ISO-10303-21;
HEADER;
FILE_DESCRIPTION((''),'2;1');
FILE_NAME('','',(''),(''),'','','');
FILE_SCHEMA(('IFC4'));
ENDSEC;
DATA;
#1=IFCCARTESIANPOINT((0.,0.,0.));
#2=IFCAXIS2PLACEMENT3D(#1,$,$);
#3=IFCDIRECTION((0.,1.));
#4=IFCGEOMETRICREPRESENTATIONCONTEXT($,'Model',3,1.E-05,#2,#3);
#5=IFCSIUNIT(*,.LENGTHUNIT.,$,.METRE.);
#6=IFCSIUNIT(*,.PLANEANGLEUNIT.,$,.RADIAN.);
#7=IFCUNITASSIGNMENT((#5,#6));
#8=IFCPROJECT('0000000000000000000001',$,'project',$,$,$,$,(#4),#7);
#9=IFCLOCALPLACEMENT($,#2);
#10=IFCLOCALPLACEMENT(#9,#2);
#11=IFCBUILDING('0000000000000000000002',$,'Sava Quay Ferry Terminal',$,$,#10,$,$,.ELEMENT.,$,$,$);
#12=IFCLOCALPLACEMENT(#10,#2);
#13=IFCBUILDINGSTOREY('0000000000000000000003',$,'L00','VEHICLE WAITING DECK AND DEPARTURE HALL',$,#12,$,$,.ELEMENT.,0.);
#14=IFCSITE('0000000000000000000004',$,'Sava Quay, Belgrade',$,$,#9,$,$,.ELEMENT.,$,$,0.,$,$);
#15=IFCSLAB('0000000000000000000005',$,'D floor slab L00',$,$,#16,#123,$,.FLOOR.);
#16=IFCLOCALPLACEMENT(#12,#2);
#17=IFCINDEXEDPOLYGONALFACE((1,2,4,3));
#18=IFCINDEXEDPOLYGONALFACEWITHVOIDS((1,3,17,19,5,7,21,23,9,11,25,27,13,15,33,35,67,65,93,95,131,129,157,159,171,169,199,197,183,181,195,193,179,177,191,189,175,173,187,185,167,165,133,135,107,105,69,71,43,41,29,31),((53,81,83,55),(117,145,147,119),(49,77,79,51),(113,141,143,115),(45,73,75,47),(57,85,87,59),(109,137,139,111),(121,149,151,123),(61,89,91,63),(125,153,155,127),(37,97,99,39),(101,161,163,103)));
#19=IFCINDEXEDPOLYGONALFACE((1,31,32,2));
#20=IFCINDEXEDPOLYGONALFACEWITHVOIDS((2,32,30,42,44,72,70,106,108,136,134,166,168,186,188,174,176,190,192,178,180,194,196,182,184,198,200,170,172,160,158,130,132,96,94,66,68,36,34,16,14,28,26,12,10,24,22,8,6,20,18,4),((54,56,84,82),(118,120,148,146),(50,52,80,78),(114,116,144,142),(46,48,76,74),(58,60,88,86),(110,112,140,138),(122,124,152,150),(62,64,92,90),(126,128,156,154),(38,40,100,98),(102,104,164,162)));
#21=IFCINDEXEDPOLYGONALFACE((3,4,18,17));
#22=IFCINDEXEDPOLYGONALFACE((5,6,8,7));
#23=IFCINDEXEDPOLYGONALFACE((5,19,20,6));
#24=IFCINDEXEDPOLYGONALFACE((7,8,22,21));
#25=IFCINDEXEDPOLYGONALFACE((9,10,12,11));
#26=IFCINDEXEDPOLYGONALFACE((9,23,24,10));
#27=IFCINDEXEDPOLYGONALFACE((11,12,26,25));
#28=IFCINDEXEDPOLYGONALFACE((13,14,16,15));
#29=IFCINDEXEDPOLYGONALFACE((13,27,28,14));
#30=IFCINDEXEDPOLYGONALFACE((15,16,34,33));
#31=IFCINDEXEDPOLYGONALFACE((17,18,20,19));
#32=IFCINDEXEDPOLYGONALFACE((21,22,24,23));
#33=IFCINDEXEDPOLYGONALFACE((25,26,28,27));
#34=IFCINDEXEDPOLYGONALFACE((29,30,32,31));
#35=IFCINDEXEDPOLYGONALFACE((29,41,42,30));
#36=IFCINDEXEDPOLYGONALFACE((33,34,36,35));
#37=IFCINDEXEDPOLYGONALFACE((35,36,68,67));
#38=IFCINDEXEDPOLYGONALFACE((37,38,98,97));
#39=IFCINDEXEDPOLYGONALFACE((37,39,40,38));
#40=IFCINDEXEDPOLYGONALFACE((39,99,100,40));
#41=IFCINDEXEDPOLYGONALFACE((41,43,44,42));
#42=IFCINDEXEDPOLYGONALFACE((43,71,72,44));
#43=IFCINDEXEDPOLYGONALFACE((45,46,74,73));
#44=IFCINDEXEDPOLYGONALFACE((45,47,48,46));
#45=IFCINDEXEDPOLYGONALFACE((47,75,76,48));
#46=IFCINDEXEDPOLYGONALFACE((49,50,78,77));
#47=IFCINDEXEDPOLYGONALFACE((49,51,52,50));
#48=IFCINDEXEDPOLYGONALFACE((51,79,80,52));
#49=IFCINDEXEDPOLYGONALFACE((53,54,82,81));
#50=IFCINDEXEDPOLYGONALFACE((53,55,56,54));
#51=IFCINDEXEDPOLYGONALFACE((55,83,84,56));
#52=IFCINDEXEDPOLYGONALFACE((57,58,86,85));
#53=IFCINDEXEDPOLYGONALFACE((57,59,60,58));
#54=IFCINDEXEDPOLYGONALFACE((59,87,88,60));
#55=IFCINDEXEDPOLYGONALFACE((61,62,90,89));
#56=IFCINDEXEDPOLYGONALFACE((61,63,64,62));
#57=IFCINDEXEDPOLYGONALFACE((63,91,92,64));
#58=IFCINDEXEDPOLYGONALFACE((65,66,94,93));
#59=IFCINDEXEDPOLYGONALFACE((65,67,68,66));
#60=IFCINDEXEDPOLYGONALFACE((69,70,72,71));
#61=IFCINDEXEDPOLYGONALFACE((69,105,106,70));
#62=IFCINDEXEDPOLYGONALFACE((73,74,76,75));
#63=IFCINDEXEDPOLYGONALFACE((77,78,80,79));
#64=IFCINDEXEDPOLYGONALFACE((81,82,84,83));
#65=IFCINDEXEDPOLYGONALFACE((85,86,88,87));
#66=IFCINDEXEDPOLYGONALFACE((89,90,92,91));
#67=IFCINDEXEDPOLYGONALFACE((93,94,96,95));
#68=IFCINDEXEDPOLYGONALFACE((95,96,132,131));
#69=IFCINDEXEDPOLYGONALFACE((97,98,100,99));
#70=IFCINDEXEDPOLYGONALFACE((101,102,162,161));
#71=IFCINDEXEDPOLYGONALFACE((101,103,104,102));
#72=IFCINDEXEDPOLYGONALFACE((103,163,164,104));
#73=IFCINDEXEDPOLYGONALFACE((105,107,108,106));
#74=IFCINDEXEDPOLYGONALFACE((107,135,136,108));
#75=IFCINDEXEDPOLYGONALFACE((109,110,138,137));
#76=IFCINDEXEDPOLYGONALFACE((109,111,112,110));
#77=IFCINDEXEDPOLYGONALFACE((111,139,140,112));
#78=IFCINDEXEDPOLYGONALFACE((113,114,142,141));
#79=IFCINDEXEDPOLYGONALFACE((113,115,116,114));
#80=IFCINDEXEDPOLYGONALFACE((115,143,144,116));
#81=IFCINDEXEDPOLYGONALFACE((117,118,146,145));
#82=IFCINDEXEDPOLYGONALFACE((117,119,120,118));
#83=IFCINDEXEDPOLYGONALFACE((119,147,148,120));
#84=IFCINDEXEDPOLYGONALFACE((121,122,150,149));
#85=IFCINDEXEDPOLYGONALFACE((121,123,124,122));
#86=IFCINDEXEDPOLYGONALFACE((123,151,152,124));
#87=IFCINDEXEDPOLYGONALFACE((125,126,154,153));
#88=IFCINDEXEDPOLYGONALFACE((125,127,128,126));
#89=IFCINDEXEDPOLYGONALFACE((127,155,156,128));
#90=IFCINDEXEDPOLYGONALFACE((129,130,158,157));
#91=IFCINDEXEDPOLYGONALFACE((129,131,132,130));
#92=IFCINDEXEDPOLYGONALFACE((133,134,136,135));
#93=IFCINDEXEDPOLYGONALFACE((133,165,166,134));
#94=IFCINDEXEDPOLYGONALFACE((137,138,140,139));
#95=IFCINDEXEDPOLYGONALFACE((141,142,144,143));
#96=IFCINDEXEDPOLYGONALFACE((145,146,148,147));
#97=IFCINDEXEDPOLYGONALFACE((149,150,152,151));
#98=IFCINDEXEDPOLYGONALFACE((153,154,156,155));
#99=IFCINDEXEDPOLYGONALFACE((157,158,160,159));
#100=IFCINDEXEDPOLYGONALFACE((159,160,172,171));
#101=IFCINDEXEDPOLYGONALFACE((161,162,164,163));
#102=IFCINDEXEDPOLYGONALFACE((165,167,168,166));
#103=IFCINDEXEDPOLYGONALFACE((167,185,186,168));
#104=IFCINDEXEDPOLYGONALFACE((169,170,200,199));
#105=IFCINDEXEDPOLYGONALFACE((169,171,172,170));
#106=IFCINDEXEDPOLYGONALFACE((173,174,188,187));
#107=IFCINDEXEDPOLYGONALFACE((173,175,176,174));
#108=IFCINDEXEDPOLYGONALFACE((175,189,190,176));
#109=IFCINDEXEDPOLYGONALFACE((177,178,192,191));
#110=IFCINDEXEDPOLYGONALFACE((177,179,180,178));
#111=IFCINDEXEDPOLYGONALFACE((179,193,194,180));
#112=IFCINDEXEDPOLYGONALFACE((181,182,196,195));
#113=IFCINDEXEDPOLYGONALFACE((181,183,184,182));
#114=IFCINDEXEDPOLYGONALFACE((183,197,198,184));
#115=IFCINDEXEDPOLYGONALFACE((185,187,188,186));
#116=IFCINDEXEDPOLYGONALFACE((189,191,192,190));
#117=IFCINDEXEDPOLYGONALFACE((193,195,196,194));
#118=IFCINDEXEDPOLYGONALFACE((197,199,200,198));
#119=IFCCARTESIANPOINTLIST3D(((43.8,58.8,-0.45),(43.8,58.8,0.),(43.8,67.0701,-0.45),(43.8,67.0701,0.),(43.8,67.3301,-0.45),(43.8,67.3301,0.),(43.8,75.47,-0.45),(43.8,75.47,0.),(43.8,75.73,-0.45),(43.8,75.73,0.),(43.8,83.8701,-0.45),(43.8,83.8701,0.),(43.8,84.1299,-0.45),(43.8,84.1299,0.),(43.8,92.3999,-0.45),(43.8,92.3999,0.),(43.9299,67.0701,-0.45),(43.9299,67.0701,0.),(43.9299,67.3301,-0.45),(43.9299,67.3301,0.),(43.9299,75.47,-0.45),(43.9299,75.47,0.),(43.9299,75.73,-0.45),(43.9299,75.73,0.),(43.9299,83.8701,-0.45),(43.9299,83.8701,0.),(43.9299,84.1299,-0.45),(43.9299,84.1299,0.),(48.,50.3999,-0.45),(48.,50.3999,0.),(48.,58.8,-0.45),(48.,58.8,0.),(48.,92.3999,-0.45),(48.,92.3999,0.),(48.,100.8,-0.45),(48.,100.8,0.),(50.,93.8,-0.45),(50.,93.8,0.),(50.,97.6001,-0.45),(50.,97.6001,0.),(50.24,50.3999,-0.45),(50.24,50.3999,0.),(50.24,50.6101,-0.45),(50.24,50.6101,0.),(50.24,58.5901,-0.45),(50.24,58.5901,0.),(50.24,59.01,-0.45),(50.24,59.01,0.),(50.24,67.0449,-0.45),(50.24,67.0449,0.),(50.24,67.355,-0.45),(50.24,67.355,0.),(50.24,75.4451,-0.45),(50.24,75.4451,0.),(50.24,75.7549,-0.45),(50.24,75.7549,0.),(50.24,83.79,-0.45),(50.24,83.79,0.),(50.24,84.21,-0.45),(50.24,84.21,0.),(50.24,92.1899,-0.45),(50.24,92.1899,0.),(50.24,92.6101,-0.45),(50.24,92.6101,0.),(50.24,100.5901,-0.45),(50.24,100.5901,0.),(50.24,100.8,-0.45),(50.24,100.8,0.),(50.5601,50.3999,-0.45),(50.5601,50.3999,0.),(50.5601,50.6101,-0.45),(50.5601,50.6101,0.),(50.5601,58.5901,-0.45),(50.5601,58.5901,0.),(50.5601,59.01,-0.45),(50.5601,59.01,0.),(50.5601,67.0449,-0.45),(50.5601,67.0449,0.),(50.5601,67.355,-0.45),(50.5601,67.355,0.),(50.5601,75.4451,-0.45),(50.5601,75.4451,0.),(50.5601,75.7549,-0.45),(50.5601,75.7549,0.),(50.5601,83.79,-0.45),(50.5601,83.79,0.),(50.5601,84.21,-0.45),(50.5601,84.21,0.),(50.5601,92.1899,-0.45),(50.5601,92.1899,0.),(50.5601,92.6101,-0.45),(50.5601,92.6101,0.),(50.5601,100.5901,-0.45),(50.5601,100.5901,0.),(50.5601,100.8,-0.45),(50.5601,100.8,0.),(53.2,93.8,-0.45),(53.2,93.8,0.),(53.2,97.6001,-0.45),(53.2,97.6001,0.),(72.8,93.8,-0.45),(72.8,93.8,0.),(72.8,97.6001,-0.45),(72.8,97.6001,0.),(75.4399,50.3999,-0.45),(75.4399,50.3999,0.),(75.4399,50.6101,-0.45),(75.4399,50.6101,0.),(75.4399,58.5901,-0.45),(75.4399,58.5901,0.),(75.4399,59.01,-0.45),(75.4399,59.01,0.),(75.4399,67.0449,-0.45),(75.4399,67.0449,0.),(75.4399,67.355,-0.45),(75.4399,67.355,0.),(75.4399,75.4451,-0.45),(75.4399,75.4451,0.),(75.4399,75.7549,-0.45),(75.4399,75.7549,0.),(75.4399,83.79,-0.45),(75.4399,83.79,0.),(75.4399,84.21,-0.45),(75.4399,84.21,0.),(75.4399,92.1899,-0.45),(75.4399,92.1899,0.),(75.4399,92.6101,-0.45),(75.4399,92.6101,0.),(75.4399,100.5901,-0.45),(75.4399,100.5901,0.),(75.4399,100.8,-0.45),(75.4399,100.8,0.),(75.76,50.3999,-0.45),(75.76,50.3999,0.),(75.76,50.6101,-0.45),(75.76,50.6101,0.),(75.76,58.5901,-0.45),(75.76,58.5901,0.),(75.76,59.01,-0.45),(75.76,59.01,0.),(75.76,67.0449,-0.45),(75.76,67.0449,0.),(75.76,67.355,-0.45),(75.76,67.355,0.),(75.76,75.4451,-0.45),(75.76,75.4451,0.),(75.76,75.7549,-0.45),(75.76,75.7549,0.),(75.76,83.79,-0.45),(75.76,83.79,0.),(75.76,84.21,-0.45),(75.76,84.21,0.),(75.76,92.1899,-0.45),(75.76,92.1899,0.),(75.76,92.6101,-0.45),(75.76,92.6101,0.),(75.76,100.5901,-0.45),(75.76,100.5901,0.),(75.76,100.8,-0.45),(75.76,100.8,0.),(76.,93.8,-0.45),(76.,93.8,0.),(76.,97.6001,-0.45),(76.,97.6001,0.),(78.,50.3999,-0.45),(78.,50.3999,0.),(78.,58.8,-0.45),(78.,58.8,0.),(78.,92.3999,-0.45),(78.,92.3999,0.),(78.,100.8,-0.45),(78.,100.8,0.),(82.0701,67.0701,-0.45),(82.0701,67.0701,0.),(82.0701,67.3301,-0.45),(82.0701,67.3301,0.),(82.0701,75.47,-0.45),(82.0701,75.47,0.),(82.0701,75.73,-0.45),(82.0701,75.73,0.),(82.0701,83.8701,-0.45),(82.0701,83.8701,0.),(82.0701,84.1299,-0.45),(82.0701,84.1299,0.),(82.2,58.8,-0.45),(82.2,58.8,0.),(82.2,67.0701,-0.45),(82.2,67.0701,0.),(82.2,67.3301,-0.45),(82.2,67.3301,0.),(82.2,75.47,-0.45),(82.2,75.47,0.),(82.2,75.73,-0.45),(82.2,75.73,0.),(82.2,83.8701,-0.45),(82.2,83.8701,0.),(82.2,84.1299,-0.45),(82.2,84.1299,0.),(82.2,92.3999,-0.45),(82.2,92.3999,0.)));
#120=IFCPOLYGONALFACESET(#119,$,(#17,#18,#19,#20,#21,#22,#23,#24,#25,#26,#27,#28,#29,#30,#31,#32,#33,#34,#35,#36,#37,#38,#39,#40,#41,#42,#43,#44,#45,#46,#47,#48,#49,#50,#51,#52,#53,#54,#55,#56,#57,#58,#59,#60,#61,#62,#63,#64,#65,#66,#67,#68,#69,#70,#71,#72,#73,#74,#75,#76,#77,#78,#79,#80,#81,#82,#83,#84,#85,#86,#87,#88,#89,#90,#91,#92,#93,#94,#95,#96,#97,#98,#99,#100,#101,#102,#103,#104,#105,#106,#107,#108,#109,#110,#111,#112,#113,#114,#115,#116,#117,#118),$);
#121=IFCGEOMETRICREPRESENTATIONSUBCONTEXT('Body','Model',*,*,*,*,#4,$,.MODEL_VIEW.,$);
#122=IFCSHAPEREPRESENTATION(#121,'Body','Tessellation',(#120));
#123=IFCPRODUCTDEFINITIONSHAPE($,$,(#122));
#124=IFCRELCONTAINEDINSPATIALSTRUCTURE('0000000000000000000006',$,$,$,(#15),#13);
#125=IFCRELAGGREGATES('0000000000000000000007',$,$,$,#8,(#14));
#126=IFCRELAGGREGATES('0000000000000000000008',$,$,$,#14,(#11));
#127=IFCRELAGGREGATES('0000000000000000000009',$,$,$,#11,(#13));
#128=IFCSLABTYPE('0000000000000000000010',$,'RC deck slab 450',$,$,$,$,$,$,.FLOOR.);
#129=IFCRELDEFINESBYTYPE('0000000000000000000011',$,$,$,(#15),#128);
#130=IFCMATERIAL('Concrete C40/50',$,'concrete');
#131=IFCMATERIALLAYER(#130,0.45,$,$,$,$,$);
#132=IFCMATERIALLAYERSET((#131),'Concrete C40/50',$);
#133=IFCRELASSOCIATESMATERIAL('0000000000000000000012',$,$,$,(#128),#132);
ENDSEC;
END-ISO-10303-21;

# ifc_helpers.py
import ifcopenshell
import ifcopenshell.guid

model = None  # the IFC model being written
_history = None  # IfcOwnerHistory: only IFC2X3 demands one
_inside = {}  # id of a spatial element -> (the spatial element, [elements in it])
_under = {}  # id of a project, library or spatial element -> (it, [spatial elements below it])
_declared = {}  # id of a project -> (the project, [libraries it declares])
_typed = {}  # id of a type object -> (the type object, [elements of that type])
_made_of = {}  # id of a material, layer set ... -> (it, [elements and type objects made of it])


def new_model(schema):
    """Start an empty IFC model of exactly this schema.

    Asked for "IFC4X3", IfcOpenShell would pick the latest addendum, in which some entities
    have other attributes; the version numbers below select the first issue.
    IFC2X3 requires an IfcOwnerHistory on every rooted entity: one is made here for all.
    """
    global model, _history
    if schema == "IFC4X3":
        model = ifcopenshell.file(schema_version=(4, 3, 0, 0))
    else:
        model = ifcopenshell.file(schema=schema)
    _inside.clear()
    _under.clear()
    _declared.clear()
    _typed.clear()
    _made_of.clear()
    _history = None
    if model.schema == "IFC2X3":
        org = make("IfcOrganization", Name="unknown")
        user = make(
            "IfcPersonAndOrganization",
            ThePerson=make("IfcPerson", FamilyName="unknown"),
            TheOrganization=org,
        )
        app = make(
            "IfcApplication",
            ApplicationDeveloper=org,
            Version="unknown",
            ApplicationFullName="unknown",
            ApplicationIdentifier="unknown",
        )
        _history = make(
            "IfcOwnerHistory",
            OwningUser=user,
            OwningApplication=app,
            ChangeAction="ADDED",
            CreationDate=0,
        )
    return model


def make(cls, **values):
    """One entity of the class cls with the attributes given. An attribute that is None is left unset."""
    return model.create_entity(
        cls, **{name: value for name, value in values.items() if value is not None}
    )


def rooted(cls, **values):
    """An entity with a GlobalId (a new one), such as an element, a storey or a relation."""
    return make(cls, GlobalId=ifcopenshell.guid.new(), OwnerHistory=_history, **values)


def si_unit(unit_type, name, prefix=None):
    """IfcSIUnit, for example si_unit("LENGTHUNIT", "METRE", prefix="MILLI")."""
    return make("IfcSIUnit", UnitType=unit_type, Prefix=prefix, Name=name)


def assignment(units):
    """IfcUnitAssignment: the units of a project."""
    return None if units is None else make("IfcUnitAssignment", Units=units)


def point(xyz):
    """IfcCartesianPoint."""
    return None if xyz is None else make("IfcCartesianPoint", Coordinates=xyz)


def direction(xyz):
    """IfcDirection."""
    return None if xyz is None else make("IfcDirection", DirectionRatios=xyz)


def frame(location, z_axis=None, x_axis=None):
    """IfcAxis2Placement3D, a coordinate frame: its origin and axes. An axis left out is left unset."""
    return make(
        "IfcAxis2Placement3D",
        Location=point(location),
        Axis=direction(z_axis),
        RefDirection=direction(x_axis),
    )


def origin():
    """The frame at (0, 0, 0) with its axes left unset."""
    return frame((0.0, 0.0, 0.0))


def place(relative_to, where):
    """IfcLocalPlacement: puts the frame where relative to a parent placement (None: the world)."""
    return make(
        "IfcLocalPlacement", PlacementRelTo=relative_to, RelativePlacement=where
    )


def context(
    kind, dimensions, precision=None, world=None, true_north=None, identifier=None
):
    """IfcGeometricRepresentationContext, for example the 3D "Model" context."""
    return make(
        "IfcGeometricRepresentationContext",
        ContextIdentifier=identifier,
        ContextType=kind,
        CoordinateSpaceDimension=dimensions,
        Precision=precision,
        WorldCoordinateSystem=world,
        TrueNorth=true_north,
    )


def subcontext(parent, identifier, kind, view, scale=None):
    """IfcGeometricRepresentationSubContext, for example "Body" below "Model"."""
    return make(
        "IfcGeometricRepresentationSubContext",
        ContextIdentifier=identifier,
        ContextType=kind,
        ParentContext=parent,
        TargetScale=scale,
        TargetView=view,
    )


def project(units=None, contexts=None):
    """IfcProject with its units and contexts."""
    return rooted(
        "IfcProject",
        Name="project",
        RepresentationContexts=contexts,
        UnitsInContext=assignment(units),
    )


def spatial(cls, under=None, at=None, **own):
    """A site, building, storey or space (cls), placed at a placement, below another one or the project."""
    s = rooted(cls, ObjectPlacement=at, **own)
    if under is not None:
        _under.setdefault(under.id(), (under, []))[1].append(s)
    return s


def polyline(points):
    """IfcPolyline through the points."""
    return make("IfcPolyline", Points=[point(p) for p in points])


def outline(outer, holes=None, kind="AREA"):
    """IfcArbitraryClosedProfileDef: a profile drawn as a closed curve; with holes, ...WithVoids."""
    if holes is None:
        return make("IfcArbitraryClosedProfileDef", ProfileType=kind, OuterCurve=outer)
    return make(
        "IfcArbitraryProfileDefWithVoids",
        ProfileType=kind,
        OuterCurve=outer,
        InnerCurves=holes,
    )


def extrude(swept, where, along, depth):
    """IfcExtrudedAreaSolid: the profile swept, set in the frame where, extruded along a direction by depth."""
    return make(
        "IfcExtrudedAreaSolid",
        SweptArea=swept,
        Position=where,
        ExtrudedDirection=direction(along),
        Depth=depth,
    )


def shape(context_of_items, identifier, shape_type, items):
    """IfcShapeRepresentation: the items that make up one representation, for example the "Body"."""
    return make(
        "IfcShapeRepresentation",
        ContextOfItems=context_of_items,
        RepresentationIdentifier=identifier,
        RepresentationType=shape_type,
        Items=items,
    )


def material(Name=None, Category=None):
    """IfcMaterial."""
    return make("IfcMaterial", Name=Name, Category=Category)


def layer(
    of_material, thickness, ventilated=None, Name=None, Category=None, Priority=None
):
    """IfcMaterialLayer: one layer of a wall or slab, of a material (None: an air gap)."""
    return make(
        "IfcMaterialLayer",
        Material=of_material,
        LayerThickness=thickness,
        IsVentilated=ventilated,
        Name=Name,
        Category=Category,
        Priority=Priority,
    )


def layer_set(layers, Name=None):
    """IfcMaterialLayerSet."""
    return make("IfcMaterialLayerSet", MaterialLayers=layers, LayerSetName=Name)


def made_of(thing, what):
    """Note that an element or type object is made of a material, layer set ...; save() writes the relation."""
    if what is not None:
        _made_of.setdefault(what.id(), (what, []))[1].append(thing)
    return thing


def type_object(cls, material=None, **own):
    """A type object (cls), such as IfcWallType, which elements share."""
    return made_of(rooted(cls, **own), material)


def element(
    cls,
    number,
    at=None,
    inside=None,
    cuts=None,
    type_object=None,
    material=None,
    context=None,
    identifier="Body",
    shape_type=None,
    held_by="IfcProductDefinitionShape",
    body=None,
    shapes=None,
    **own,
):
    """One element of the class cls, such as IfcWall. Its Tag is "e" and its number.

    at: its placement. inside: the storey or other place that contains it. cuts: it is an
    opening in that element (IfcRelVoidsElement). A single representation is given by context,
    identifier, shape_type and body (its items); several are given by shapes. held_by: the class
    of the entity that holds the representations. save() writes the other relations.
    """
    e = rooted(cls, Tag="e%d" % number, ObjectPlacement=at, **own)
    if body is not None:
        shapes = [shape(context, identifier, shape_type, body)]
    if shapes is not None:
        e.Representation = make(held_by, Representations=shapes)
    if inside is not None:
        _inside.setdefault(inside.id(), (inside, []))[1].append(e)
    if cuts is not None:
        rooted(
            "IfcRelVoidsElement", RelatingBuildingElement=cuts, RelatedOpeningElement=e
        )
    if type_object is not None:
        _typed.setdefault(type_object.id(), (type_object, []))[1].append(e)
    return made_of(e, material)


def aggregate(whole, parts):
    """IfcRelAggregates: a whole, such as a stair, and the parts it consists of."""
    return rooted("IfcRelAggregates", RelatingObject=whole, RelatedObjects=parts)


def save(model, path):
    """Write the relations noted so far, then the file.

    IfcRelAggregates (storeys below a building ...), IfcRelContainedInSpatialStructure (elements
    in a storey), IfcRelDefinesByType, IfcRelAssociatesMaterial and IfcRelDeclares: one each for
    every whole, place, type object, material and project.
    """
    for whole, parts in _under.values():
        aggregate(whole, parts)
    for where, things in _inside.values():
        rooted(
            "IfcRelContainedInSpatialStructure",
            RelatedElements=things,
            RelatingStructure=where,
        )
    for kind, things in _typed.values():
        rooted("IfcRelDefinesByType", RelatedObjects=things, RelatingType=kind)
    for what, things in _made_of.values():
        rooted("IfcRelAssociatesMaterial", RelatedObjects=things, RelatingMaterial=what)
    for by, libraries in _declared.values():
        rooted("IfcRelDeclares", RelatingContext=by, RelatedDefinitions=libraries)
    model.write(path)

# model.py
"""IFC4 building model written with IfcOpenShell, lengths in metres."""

from ifc_helpers import new_model, si_unit, direction, frame, origin, place, context, subcontext, project, spatial, polyline, outline, extrude, material, layer, layer_set, type_object, element, save


model = new_model("IFC4")

# Units and contexts
model_context = context("Model", 3, precision=1e-05, world=origin(), true_north=direction((0.0, 1.0)))
body_context = subcontext(model_context, "Body", "Model", "MODEL_VIEW")
ifc_project = project(units=[si_unit("LENGTHUNIT", "METRE"), si_unit("PLANEANGLEUNIT", "RADIAN")], contexts=[model_context])

# Site, building, storey
site_placement = place(None, origin())
site = spatial("IfcSite", under=ifc_project, at=site_placement, Name="Sava Quay, Belgrade", CompositionType="ELEMENT", RefElevation=0.0)
building_placement = place(site_placement, origin())
building = spatial("IfcBuilding", under=site, at=building_placement, Name="Sava Quay Ferry Terminal", CompositionType="ELEMENT")
storey_placement = place(building_placement, origin())
storey = spatial("IfcBuildingStorey", under=building, at=storey_placement, Name="L00", Description="VEHICLE WAITING DECK AND DEPARTURE HALL", CompositionType="ELEMENT", Elevation=0.0)

# Slab
ifc_material_1 = material(Name="Concrete C40/50", Category="concrete")
ifc_layer_1 = layer(ifc_material_1, 0.45)
ifc_layer_set_1 = layer_set([ifc_layer_1], Name="Concrete C40/50")
slab_type = type_object("IfcSlabType", Name="RC deck slab 450", PredefinedType="FLOOR", material=ifc_layer_set_1)
slab_1_placement = place(storey_placement, frame((0.0, 0.0, -0.45)))
element("IfcSlab", 1, at=slab_1_placement, inside=storey, type_object=slab_type, Name="D floor slab L00", PredefinedType="FLOOR", context=body_context, shape_type="SweptSolid", body=[
    extrude(outline(polyline([(82.2, 58.8), (78.0, 58.8), (78.0, 50.3999), (75.76, 50.3999), (75.76, 50.6101), (75.4399, 50.6101), (75.4399, 50.3999), (50.5601, 50.3999), (50.5601, 50.6101), (50.24, 50.6101), (50.24, 50.3999), (48.0, 50.3999), (48.0, 58.8), (43.8, 58.8), (43.8, 67.0701), (43.9299, 67.0701), (43.9299, 67.3301), (43.8, 67.3301), (43.8, 75.47), (43.9299, 75.47), (43.9299, 75.73), (43.8, 75.73), (43.8, 83.8701), (43.9299, 83.8701), (43.9299, 84.1299), (43.8, 84.1299), (43.8, 92.3999), (48.0, 92.3999), (48.0, 100.8), (50.24, 100.8), (50.24, 100.5901), (50.5601, 100.5901), (50.5601, 100.8), (75.4399, 100.8), (75.4399, 100.5901), (75.76, 100.5901), (75.76, 100.8), (78.0, 100.8), (78.0, 92.3999), (82.2, 92.3999), (82.2, 84.1299), (82.0701, 84.1299), (82.0701, 83.8701), (82.2, 83.8701), (82.2, 75.73), (82.0701, 75.73), (82.0701, 75.47), (82.2, 75.47), (82.2, 67.3301), (82.0701, 67.3301), (82.0701, 67.0701), (82.2, 67.0701), (82.2, 58.8)]), holes=[polyline([(50.5601, 59.01), (50.24, 59.01), (50.24, 58.5901), (50.5601, 58.5901), (50.5601, 59.01)]), polyline([(50.5601, 67.355), (50.24, 67.355), (50.24, 67.0449), (50.5601, 67.0449), (50.5601, 67.355)]), polyline([(50.5601, 75.7549), (50.24, 75.7549), (50.24, 75.4451), (50.5601, 75.4451), (50.5601, 75.7549)]), polyline([(75.76, 75.7549), (75.4399, 75.7549), (75.4399, 75.4451), (75.76, 75.4451), (75.76, 75.7549)]), polyline([(50.5601, 84.21), (50.24, 84.21), (50.24, 83.79), (50.5601, 83.79), (50.5601, 84.21)]), polyline([(75.76, 92.6101), (75.4399, 92.6101), (75.4399, 92.1899), (75.76, 92.1899), (75.76, 92.6101)]), polyline([(50.24, 92.6101), (50.24, 92.1899), (50.5601, 92.1899), (50.5601, 92.6101), (50.24, 92.6101)]), polyline([(53.2, 97.6001), (50.0, 97.6001), (50.0, 93.8), (53.2, 93.8), (53.2, 97.6001)]), polyline([(76.0, 97.6001), (72.8, 97.6001), (72.8, 93.8), (76.0, 93.8), (76.0, 97.6001)]), polyline([(75.76, 59.01), (75.4399, 59.01), (75.4399, 58.5901), (75.76, 58.5901), (75.76, 59.01)]), polyline([(75.76, 67.355), (75.4399, 67.355), (75.4399, 67.0449), (75.76, 67.0449), (75.76, 67.355)]), polyline([(75.4399, 84.21), (75.4399, 83.79), (75.76, 83.79), (75.76, 84.21), (75.4399, 84.21)])]), origin(), (0.0, 0.0, 1.0), 0.45),
])

save(model, "model.ifc")
